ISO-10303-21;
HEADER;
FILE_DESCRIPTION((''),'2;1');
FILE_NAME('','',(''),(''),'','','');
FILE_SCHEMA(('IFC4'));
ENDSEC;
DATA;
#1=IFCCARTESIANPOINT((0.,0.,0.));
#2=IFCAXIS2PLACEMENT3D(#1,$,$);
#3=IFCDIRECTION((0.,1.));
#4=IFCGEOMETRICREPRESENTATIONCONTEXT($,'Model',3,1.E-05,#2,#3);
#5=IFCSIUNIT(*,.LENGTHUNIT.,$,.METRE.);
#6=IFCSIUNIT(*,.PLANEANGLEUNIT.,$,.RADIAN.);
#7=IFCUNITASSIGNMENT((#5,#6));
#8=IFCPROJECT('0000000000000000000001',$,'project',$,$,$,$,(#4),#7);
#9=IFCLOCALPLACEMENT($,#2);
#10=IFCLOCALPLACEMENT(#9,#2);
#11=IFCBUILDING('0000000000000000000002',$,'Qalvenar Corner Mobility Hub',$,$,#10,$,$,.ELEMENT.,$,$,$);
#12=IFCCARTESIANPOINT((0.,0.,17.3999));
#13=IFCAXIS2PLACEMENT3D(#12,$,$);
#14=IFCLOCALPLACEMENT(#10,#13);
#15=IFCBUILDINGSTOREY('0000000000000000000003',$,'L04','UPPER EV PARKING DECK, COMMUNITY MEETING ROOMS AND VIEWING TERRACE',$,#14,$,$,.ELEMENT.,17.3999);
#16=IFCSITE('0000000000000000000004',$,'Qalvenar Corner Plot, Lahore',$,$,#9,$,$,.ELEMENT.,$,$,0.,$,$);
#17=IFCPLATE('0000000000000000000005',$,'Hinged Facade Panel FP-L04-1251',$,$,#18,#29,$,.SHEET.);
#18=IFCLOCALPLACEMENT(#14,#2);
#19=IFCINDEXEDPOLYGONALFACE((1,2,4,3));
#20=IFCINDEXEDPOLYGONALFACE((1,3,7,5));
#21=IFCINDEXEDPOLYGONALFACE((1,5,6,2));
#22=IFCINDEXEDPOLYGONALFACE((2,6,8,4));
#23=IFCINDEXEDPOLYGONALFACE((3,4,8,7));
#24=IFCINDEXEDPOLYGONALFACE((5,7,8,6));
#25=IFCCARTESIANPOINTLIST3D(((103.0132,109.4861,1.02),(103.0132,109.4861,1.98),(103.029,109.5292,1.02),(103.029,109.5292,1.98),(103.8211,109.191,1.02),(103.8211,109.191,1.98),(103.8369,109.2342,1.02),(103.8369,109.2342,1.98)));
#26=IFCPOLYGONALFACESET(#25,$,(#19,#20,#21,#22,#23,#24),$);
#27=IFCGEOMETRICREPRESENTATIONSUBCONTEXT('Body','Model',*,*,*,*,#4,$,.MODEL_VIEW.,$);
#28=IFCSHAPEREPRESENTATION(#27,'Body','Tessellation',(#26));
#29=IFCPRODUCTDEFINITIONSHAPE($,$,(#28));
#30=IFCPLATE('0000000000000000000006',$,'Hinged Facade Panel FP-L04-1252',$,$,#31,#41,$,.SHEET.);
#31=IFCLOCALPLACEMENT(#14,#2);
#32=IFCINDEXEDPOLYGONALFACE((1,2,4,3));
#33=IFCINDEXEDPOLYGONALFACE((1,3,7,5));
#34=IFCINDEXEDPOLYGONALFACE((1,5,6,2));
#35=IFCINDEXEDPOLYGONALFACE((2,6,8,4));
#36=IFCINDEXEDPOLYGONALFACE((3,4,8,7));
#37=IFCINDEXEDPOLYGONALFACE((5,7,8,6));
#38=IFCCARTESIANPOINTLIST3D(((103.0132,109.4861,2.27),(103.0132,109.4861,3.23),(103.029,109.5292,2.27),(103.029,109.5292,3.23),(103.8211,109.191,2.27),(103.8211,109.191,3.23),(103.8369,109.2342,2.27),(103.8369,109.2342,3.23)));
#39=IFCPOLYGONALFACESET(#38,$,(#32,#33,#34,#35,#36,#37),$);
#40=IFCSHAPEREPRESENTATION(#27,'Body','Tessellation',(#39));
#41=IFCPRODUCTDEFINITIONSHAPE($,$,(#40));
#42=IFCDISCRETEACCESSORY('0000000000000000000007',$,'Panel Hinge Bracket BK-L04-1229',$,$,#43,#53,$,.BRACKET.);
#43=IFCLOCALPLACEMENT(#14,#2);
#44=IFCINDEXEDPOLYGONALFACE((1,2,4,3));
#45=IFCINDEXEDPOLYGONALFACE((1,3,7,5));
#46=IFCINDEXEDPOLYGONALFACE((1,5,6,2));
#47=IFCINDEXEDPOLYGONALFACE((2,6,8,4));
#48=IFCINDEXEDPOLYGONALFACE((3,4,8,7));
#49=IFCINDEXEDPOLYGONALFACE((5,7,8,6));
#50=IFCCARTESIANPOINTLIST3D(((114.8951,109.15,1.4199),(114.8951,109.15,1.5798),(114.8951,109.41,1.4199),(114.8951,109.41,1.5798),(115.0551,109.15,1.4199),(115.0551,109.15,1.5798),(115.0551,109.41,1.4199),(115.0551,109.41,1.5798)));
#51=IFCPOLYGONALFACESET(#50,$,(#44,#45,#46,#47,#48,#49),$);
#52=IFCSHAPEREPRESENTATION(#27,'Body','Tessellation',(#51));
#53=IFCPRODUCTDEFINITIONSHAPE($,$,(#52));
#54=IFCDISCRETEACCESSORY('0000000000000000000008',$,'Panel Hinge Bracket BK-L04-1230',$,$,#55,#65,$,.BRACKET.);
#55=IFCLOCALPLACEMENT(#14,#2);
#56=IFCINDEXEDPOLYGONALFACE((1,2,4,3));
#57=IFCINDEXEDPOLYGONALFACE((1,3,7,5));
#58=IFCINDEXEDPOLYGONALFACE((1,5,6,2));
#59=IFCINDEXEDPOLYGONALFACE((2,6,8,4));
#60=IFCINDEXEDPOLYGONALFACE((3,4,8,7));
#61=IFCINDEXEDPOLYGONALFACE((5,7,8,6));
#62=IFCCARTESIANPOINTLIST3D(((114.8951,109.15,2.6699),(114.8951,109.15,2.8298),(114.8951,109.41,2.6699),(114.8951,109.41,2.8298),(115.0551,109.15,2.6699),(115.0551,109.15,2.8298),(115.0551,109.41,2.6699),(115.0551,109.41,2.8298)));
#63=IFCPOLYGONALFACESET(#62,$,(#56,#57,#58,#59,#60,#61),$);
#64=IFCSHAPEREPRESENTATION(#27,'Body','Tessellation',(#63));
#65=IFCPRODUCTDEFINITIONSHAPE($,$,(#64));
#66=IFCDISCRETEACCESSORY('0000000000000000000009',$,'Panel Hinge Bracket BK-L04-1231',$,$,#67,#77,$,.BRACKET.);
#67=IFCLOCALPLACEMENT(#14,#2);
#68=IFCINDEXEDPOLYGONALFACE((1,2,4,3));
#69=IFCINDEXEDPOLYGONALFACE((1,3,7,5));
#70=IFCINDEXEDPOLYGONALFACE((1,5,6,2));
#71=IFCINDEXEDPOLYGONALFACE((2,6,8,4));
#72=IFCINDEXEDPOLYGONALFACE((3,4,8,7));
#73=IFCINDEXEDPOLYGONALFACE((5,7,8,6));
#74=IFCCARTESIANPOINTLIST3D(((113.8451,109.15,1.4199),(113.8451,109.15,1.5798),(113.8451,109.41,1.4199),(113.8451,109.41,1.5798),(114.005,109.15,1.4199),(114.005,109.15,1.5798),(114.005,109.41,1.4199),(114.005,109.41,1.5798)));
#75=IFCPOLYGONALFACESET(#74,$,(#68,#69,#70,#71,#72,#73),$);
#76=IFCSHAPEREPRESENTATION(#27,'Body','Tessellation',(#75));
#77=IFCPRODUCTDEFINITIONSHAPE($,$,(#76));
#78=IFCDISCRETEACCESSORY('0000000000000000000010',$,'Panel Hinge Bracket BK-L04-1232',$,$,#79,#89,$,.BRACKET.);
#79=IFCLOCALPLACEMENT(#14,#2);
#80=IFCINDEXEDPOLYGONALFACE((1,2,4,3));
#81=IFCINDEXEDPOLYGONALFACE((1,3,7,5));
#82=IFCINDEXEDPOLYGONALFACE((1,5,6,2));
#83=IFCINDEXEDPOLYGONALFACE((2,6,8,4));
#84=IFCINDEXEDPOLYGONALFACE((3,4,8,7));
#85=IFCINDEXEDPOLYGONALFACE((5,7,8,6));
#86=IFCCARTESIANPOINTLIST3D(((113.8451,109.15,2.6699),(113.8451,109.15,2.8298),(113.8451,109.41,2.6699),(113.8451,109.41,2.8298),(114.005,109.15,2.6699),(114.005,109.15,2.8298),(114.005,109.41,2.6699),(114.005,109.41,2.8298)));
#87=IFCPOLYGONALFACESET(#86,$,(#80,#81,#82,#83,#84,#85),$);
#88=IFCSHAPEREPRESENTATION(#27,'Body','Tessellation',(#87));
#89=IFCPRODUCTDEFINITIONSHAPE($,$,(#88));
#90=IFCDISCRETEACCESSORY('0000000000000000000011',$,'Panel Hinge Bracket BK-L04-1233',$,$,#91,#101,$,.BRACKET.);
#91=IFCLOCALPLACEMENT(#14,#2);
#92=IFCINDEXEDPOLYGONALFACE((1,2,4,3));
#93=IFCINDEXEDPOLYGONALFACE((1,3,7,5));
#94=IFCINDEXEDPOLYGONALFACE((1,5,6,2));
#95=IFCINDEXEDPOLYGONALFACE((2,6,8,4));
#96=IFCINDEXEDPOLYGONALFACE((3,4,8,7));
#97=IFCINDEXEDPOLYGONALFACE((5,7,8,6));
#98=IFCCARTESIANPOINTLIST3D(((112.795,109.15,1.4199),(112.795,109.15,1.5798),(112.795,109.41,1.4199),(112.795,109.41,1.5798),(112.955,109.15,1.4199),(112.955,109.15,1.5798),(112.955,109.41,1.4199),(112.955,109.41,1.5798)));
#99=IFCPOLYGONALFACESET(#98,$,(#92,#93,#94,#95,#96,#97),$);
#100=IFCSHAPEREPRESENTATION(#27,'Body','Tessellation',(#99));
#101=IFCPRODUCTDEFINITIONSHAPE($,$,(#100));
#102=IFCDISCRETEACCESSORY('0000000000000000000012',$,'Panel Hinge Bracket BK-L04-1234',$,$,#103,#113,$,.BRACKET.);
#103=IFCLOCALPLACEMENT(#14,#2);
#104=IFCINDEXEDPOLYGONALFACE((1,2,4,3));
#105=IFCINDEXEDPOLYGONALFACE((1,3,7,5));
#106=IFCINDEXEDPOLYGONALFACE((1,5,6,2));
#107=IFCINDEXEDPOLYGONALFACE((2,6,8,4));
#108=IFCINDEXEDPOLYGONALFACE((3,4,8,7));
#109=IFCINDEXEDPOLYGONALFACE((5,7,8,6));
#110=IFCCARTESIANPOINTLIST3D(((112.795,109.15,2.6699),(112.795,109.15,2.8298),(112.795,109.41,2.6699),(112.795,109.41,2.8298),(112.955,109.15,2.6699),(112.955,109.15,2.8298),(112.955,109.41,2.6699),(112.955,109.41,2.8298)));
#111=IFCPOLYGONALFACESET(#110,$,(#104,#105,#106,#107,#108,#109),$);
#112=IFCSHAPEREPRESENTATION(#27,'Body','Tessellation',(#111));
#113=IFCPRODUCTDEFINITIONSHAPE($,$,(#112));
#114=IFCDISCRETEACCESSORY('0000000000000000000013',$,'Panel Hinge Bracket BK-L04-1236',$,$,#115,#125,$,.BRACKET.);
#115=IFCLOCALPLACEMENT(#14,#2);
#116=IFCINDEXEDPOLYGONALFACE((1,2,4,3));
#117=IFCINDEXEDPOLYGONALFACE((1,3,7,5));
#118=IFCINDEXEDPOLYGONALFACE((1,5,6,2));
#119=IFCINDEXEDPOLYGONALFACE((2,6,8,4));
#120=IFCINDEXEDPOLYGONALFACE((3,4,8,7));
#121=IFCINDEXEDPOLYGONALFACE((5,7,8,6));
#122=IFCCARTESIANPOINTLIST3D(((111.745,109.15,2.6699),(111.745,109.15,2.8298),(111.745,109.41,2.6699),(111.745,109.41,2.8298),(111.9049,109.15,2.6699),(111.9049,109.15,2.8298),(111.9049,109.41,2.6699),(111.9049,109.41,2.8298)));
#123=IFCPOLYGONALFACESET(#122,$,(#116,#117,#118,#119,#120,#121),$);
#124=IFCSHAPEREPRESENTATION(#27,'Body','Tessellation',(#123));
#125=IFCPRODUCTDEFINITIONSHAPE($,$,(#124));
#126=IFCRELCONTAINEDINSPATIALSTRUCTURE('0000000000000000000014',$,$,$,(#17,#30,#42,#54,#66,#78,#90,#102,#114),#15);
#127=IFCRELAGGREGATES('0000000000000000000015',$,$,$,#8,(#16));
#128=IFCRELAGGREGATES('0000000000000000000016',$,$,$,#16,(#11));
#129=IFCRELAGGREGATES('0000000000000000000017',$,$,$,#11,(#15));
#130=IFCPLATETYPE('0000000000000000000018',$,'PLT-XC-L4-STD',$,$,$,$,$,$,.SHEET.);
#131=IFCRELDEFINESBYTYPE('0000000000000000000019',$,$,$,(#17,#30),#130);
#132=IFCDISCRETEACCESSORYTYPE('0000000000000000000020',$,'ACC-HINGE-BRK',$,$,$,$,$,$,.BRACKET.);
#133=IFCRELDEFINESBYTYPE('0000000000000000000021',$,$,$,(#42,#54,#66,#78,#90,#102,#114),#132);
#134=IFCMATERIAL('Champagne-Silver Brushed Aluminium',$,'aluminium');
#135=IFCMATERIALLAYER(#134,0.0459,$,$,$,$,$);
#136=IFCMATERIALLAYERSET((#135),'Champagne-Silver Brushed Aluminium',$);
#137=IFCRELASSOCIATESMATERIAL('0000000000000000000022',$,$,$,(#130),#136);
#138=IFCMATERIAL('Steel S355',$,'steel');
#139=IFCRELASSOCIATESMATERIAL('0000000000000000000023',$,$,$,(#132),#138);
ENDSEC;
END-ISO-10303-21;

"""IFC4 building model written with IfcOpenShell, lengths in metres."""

from ifc_helpers import new_model, si_unit, direction, frame, origin, origin_2d, place, context, subcontext, project, spatial, rectangle, extrude, material, layer, layer_set, type_object, element, save


model = new_model("IFC4")

# Units and contexts
model_context = context("Model", 3, precision=1e-05, world=origin(), true_north=direction((0.0, 1.0)))
body_context = subcontext(model_context, "Body", "Model", "MODEL_VIEW")
ifc_project = project(units=[si_unit("LENGTHUNIT", "METRE"), si_unit("PLANEANGLEUNIT", "RADIAN")], contexts=[model_context])

# Site, building, storey
site_placement = place(None, origin())
site = spatial("IfcSite", under=ifc_project, at=site_placement, Name="Qalvenar Corner Plot, Lahore", CompositionType="ELEMENT", RefElevation=0.0)
building_placement = place(site_placement, origin())
building = spatial("IfcBuilding", under=site, at=building_placement, Name="Qalvenar Corner Mobility Hub", CompositionType="ELEMENT")
storey_placement = place(building_placement, frame((0.0, 0.0, 17.3999)))
storey = spatial("IfcBuildingStorey", under=building, at=storey_placement, Name="L04", Description="UPPER EV PARKING DECK, COMMUNITY MEETING ROOMS AND VIEWING TERRACE", CompositionType="ELEMENT", Elevation=17.3999)

# Plates
ifc_material_1 = material(Name="Champagne-Silver Brushed Aluminium", Category="aluminium")
ifc_layer = layer(ifc_material_1, 0.0459)
ifc_layer_set = layer_set([ifc_layer], Name="Champagne-Silver Brushed Aluminium")
plate_type = type_object("IfcPlateType", Name="PLT-XC-L4-STD", PredefinedType="SHEET", material=ifc_layer_set)
for number, where, z_axis, x_axis, name in (
    (1, (103.425, 109.3601, 1.02), (0.0, 0.0, 1.0), (-0.939334, 0.343004, 0.0), "Hinged Facade Panel FP-L04-1251"),
    (2, (103.425, 109.3601, 2.27), (0.0, 0.0, 1.0), (-0.939334, 0.343004, 0.0), "Hinged Facade Panel FP-L04-1252"),
):
    element("IfcPlate", number, at=place(storey_placement, frame(where, z_axis=z_axis, x_axis=x_axis)), inside=storey, type_object=plate_type, Name=name, PredefinedType="SHEET", context=body_context, shape_type="SweptSolid", body=[
        extrude(rectangle(XDim=0.8601, YDim=0.0459, at=origin_2d()), origin(), (0.0, 0.0, 1.0), 0.96),
    ])

# Discrete accessories
ifc_material_2 = material(Name="Steel S355", Category="steel")
discrete_accessory_type = type_object("IfcDiscreteAccessoryType", Name="ACC-HINGE-BRK", PredefinedType="BRACKET", material=ifc_material_2)
for number, where, z_axis, x_axis, name in (
    (3, (114.9751, 109.28, 1.4199), (0.0, 0.0, 1.0), (-1.0, 0.0, 0.0), "Panel Hinge Bracket BK-L04-1229"),
    (4, (114.9751, 109.28, 2.6699), (0.0, 0.0, 1.0), (-1.0, 0.0, 0.0), "Panel Hinge Bracket BK-L04-1230"),
    (5, (113.925, 109.28, 1.4199), (0.0, 0.0, 1.0), (-1.0, 0.0, 0.0), "Panel Hinge Bracket BK-L04-1231"),
    (6, (113.925, 109.28, 2.6699), (0.0, 0.0, 1.0), (-1.0, 0.0, 0.0), "Panel Hinge Bracket BK-L04-1232"),
    (7, (112.875, 109.28, 1.4199), (0.0, 0.0, 1.0), (-1.0, 0.0, 0.0), "Panel Hinge Bracket BK-L04-1233"),
    (8, (112.875, 109.28, 2.6699), (0.0, 0.0, 1.0), (-1.0, 0.0, 0.0), "Panel Hinge Bracket BK-L04-1234"),
    (9, (111.825, 109.28, 2.6699), (0.0, 0.0, 1.0), (-1.0, 0.0, 0.0), "Panel Hinge Bracket BK-L04-1236"),
):
    element("IfcDiscreteAccessory", number, at=place(storey_placement, frame(where, z_axis=z_axis, x_axis=x_axis)), inside=storey, type_object=discrete_accessory_type, Name=name, PredefinedType="BRACKET", context=body_context, shape_type="SweptSolid", body=[
        extrude(rectangle(XDim=0.1599, YDim=0.26, at=origin_2d()), origin(), (0.0, 0.0, 1.0), 0.1599),
    ])

save(model, "model.ifc")
